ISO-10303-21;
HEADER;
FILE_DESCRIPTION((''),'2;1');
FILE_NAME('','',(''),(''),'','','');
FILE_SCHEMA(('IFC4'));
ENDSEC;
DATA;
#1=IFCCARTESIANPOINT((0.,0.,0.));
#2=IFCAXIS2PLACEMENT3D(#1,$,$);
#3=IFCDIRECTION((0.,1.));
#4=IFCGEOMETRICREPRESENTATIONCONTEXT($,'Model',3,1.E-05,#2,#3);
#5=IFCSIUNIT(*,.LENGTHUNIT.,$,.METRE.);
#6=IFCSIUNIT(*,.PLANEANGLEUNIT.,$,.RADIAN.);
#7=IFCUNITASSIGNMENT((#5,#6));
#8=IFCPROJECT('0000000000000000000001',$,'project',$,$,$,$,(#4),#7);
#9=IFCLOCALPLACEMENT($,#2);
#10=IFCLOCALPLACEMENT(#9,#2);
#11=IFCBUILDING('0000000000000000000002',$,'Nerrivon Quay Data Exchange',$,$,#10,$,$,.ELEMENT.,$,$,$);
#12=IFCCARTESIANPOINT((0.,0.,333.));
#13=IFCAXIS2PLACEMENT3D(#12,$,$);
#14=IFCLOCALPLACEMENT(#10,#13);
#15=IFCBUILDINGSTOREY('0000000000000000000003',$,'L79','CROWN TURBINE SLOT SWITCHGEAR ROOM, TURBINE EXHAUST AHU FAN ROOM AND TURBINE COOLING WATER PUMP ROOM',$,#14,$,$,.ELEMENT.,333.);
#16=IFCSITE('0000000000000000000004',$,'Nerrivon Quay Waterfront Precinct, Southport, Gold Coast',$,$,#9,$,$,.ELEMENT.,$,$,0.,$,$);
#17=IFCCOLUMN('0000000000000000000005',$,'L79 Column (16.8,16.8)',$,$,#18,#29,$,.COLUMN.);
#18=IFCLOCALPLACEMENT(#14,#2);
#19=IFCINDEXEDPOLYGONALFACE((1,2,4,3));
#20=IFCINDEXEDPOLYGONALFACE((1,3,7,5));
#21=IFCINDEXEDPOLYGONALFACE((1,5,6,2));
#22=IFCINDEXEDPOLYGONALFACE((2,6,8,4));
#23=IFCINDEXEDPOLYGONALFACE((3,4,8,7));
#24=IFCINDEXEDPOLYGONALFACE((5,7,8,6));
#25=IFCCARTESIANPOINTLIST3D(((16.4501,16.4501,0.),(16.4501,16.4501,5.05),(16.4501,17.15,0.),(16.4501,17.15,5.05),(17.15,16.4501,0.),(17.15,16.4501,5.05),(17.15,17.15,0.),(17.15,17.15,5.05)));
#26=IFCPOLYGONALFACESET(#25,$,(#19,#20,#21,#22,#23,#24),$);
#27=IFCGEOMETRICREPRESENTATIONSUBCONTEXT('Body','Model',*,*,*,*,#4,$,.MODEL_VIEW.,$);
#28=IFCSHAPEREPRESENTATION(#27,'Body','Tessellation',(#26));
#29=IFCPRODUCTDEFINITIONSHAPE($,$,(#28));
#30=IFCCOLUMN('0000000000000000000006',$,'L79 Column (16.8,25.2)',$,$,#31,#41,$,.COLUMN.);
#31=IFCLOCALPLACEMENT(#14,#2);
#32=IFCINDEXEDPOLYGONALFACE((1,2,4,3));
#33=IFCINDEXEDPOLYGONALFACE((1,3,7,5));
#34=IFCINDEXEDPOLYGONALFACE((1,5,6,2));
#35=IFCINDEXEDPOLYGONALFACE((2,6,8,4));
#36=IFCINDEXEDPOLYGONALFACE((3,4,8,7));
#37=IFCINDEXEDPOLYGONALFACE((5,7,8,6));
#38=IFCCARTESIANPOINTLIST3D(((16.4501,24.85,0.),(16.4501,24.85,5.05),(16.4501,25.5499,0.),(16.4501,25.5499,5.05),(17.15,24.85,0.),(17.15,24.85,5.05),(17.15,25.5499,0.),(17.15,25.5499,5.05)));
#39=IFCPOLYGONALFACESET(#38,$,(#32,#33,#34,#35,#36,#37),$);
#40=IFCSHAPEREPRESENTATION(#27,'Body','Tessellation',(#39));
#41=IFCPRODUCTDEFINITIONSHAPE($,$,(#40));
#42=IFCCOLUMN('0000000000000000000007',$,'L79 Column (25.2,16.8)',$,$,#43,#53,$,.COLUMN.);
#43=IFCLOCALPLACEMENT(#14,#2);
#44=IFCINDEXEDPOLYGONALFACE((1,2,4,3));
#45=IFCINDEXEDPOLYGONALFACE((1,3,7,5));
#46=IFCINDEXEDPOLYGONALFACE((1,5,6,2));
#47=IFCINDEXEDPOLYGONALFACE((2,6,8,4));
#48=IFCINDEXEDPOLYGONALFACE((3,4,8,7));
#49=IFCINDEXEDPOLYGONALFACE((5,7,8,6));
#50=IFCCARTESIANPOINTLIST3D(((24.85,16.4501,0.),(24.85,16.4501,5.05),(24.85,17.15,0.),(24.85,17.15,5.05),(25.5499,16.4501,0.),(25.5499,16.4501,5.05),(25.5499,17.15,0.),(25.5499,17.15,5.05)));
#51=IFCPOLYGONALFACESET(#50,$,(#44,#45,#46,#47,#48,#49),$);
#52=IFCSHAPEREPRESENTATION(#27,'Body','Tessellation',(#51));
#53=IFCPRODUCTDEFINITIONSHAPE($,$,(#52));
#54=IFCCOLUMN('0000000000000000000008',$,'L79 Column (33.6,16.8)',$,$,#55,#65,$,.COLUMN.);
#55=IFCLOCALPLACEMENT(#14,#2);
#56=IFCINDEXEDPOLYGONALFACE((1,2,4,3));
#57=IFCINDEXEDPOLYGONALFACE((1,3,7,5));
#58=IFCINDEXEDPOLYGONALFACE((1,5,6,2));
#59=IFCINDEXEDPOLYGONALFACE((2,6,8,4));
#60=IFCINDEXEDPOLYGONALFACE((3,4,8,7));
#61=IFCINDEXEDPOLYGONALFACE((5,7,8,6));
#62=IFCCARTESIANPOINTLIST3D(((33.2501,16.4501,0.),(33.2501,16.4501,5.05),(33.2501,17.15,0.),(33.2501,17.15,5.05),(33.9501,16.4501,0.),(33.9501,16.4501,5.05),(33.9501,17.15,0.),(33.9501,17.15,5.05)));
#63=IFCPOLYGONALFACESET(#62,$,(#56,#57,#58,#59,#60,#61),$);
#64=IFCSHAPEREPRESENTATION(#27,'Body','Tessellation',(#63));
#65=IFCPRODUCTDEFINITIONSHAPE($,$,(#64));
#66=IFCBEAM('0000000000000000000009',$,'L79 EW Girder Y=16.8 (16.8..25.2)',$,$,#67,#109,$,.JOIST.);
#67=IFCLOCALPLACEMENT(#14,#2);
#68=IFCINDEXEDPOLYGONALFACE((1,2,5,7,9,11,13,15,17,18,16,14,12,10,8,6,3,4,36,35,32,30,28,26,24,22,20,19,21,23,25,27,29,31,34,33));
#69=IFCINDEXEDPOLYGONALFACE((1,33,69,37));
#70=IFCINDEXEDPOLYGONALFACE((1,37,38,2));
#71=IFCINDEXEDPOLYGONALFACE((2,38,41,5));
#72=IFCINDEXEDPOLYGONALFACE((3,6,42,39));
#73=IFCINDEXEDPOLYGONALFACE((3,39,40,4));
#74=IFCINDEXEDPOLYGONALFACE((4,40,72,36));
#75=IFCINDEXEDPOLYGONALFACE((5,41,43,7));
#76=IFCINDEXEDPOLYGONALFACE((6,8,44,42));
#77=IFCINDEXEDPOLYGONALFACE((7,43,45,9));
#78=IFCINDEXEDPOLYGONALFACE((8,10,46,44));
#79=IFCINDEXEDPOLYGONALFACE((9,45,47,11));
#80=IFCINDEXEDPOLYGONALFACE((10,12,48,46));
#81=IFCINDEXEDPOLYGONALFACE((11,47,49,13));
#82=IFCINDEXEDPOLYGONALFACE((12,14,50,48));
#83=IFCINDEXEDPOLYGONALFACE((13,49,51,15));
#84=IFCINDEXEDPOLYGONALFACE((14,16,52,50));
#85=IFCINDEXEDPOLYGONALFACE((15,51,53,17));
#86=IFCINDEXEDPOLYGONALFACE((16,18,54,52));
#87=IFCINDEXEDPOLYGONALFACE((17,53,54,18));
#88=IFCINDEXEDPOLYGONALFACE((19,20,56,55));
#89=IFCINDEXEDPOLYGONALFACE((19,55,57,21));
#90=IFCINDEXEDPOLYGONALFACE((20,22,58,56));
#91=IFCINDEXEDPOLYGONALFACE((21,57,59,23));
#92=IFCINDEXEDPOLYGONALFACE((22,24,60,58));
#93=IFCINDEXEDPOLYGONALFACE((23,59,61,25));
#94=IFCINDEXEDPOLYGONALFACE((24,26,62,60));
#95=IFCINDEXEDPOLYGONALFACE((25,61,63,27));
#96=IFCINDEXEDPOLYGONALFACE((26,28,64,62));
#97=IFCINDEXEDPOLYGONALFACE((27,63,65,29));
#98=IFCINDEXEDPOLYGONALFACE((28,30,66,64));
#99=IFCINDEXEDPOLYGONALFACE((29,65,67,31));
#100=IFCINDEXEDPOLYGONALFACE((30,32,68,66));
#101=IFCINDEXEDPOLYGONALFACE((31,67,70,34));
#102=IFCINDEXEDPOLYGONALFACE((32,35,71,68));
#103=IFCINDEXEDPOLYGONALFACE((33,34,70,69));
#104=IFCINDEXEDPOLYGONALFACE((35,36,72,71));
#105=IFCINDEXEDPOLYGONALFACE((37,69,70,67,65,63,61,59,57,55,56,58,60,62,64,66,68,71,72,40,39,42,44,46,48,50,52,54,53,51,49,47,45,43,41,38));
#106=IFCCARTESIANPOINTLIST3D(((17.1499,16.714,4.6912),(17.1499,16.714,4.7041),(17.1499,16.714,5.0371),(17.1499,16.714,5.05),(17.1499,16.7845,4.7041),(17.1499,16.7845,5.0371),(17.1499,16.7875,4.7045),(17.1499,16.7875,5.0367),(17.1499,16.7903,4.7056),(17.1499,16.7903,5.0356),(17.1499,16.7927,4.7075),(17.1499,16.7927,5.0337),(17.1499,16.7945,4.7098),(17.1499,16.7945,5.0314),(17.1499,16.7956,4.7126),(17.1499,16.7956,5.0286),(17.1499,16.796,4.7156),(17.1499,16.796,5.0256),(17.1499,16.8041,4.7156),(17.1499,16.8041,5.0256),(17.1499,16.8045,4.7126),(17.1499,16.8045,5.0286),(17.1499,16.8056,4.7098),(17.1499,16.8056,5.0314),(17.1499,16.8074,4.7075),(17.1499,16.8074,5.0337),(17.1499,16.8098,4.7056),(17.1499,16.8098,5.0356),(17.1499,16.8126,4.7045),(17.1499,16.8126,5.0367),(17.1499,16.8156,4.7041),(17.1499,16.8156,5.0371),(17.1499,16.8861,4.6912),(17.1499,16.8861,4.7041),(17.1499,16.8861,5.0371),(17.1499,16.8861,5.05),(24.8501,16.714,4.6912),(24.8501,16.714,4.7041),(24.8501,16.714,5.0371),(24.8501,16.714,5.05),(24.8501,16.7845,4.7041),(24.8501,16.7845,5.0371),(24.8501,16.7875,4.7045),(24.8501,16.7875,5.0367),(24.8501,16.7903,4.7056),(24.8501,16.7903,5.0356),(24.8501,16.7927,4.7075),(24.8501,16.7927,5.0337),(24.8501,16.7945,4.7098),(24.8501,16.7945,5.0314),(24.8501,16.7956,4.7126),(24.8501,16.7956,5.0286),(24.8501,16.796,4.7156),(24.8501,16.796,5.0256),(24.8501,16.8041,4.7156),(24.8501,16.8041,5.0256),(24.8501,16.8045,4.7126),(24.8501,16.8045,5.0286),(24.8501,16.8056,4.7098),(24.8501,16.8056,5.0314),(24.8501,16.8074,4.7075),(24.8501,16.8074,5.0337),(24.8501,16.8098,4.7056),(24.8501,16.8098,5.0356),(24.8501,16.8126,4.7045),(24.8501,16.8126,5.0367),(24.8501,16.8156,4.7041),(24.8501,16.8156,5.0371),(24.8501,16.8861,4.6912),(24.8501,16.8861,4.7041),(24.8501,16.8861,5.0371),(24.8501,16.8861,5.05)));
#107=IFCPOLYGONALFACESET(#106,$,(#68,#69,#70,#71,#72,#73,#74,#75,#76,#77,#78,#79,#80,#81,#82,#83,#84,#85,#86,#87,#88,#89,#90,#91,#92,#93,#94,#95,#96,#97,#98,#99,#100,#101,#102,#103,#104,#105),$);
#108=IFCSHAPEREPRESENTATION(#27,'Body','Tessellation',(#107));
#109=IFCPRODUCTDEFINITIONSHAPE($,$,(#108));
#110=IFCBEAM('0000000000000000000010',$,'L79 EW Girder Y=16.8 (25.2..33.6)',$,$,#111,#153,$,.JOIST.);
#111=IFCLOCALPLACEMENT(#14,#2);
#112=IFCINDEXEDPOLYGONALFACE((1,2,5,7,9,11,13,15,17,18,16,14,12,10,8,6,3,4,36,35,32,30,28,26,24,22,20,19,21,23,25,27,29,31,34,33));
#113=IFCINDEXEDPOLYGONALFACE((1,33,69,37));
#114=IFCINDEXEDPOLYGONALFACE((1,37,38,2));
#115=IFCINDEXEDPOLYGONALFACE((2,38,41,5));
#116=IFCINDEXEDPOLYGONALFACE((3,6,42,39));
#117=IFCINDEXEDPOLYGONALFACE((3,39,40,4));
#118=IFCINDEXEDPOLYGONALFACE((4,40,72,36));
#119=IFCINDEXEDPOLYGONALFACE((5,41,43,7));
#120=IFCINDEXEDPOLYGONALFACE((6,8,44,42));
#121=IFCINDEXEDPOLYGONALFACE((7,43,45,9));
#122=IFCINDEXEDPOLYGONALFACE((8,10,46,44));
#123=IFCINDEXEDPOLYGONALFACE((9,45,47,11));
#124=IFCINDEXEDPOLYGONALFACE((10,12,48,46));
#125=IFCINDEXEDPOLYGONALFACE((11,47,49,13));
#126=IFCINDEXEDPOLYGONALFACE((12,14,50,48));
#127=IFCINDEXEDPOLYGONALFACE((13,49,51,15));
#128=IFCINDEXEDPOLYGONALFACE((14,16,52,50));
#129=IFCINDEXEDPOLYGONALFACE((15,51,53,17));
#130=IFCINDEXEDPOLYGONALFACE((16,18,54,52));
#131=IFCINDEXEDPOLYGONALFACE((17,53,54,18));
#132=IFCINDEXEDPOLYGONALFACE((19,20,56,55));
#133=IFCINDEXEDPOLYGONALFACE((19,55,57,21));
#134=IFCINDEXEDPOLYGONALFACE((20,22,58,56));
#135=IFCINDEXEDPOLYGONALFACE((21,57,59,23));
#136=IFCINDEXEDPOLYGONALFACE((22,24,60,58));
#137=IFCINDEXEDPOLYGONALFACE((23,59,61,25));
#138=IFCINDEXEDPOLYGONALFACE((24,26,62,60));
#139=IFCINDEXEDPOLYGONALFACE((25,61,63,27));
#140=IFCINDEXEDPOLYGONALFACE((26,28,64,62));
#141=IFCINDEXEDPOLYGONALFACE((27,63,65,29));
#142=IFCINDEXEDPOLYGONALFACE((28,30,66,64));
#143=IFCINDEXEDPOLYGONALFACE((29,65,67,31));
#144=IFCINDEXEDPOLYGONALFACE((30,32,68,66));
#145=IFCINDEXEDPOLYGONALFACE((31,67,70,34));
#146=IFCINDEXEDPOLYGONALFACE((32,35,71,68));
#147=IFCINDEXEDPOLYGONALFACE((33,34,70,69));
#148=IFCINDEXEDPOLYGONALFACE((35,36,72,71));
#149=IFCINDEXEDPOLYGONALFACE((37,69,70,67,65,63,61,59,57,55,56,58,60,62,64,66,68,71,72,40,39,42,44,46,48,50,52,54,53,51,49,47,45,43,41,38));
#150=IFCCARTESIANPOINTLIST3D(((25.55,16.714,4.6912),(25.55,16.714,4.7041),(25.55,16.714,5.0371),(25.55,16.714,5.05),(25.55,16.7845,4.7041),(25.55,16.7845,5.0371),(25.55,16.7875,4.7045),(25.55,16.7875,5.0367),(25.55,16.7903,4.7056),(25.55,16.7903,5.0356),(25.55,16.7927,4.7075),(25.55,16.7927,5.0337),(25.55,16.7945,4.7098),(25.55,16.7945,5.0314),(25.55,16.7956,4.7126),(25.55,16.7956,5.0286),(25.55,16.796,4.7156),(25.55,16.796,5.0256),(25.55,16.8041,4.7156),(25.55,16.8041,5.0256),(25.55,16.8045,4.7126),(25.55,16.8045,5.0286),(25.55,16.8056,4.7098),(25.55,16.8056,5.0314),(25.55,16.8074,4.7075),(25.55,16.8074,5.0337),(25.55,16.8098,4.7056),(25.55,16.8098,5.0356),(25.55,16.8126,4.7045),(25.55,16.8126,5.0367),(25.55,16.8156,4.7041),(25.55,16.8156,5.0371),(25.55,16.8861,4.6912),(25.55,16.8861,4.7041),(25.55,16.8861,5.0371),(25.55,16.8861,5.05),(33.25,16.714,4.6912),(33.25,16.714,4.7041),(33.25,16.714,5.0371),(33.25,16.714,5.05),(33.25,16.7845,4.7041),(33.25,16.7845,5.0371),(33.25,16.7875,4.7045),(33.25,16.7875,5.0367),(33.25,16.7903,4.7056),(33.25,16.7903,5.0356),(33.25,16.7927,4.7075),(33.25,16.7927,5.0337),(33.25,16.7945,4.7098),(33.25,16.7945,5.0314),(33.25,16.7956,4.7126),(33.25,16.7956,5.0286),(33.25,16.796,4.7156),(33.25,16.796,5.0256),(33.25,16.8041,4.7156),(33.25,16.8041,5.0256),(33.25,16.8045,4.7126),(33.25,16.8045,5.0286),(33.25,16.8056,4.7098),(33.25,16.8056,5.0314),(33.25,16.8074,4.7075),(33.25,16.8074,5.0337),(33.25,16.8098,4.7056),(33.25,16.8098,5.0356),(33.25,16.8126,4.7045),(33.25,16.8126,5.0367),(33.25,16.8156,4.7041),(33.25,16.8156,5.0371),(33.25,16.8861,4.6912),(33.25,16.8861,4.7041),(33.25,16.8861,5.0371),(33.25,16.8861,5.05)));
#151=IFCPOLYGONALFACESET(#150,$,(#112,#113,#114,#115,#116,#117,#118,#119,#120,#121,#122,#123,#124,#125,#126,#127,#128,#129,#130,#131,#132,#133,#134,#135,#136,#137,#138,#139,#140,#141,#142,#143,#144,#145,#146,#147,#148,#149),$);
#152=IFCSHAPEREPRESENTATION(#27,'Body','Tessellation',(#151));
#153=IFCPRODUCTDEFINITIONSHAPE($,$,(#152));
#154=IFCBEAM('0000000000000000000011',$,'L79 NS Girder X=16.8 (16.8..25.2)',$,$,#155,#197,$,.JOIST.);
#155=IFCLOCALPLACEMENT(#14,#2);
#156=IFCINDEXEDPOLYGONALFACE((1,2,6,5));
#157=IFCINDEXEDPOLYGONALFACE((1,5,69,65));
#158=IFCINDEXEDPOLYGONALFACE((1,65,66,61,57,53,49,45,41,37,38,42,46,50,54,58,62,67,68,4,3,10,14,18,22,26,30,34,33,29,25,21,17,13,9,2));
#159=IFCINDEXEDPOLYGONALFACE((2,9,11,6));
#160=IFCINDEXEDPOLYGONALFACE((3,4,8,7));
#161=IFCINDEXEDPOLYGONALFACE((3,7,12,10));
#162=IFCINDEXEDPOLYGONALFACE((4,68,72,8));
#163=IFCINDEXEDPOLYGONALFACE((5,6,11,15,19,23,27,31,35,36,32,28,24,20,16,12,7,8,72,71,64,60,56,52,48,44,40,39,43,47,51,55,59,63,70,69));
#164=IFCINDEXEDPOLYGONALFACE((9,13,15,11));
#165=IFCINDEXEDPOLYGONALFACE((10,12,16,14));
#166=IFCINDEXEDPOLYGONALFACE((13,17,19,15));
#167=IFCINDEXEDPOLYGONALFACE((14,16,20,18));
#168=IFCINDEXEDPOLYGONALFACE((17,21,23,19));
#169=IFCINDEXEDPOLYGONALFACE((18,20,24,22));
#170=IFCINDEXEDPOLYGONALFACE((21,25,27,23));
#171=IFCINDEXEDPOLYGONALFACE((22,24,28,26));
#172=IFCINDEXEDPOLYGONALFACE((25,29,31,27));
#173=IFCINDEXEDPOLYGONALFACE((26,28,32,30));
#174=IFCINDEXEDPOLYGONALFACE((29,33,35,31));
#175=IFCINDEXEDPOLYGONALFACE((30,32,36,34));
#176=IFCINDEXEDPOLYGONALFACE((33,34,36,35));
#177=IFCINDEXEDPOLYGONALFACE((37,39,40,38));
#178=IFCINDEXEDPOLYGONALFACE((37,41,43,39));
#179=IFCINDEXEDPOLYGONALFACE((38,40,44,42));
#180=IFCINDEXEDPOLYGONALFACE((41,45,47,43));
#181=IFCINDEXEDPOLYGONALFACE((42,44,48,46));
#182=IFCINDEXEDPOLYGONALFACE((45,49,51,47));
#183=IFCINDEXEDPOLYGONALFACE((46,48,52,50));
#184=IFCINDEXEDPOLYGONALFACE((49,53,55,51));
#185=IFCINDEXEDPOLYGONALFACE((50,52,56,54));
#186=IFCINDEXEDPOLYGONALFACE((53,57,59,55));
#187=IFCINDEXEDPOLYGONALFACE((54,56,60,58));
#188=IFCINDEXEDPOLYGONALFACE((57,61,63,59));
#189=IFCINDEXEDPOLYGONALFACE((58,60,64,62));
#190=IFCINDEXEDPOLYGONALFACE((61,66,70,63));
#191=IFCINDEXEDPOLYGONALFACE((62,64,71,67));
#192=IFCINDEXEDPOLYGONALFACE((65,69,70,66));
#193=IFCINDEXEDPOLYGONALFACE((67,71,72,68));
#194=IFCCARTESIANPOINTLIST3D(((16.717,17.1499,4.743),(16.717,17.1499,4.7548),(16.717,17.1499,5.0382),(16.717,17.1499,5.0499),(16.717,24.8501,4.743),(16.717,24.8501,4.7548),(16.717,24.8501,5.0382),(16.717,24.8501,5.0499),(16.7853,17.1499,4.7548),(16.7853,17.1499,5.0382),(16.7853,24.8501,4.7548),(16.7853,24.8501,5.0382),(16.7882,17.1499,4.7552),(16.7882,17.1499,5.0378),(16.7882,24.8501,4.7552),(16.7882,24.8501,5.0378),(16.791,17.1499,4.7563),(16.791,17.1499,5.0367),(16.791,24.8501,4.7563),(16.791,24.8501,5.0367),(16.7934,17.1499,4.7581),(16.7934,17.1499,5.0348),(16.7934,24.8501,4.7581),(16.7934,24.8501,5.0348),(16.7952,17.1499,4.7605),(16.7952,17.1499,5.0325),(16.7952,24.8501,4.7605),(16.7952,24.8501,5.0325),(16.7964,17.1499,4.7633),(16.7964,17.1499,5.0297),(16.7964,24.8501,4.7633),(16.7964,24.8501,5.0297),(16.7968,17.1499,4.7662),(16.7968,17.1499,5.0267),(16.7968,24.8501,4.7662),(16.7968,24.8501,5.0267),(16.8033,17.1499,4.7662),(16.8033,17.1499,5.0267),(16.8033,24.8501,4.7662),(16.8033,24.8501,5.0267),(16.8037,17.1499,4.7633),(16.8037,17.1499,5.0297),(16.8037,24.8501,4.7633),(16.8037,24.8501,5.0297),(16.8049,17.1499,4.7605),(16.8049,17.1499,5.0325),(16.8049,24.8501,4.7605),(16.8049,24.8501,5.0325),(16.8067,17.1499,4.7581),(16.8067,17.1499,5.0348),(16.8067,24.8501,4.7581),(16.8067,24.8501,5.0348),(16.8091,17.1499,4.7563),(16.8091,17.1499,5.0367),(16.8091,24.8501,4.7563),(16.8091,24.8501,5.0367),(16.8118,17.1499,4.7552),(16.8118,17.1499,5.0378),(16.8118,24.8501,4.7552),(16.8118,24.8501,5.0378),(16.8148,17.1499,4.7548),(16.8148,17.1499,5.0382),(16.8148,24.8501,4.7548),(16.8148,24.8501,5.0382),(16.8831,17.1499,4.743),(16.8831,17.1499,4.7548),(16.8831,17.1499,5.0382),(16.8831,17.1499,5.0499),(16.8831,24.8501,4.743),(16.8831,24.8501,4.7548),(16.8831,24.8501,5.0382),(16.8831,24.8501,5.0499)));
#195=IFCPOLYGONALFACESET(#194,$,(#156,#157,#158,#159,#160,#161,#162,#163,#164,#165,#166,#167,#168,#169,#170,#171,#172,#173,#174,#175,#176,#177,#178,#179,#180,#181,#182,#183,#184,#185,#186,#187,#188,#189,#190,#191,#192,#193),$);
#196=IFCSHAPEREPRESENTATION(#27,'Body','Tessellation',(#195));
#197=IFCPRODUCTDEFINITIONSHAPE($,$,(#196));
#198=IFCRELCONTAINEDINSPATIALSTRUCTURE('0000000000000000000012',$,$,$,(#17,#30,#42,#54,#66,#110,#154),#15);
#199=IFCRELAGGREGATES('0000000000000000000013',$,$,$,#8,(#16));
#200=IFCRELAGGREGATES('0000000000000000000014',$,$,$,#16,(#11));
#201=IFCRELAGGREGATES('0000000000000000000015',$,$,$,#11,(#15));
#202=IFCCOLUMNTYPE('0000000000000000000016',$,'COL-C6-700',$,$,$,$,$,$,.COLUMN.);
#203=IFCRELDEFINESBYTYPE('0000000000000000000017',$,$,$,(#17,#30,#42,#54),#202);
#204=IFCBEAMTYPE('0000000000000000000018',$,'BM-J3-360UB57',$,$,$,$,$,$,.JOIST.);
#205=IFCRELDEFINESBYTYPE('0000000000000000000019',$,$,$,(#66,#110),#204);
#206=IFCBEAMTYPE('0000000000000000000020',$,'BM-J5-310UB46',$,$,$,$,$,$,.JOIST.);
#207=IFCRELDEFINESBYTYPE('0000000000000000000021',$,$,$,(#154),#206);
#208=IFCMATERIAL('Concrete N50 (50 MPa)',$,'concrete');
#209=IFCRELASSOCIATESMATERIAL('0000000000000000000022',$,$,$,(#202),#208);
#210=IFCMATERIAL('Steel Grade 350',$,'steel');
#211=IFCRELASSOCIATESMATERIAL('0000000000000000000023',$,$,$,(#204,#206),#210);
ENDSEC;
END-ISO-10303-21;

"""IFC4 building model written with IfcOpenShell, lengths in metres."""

from ifc_helpers import new_model, si_unit, direction, frame, origin, origin_2d, place, context, subcontext, project, spatial, rectangle, i_section, extrude, material, material_profile, profile_set, type_object, element, save


model = new_model("IFC4")

# Units and contexts
model_context = context("Model", 3, precision=1e-05, world=origin(), true_north=direction((0.0, 1.0)))
body_context = subcontext(model_context, "Body", "Model", "MODEL_VIEW")
ifc_project = project(units=[si_unit("LENGTHUNIT", "METRE"), si_unit("PLANEANGLEUNIT", "RADIAN")], contexts=[model_context])

# Site, building, storey
site_placement = place(None, origin())
site = spatial("IfcSite", under=ifc_project, at=site_placement, Name="Nerrivon Quay Waterfront Precinct, Southport, Gold Coast", CompositionType="ELEMENT", RefElevation=0.0)
building_placement = place(site_placement, origin())
building = spatial("IfcBuilding", under=site, at=building_placement, Name="Nerrivon Quay Data Exchange", CompositionType="ELEMENT")
storey_placement = place(building_placement, frame((0.0, 0.0, 333.0)))
storey = spatial("IfcBuildingStorey", under=building, at=storey_placement, Name="L79", Description="CROWN TURBINE SLOT SWITCHGEAR ROOM, TURBINE EXHAUST AHU FAN ROOM AND TURBINE COOLING WATER PUMP ROOM", CompositionType="ELEMENT", Elevation=333.0)

# Columns
ifc_material_1 = material(Name="Concrete N50 (50 MPa)", Category="concrete")
ifc_material_profile_1 = material_profile(ifc_material_1, rectangle(XDim=0.7, YDim=0.7, at=origin_2d()), Name="RC-COL-700x700")
ifc_profile_set_1 = profile_set([ifc_material_profile_1], Name="Concrete N50 (50 MPa)")
column_type = type_object("IfcColumnType", Name="COL-C6-700", PredefinedType="COLUMN", material=ifc_profile_set_1)
for number, where, z_axis, x_axis, name in (
    (1, (16.8, 16.8, 0.0), (0.0, 0.0, 1.0), (1.0, 0.0, 0.0), "L79 Column (16.8,16.8)"),
    (2, (16.8, 25.2, 0.0), (0.0, 0.0, 1.0), (1.0, 0.0, 0.0), "L79 Column (16.8,25.2)"),
    (3, (25.2, 16.8, 0.0), (0.0, 0.0, 1.0), (1.0, 0.0, 0.0), "L79 Column (25.2,16.8)"),
    (4, (33.6001, 16.8, 0.0), (0.0, 0.0, 1.0), (1.0, 0.0, 0.0), "L79 Column (33.6,16.8)"),
):
    element("IfcColumn", number, at=place(storey_placement, frame(where, z_axis=z_axis, x_axis=x_axis)), inside=storey, type_object=column_type, Name=name, PredefinedType="COLUMN", context=body_context, shape_type="SweptSolid", body=[
        extrude(rectangle(XDim=0.7, YDim=0.7, at=origin_2d()), origin(), (0.0, 0.0, 1.0), 5.05),
    ])

# Beams
ifc_material_2 = material(Name="Steel Grade 350", Category="steel")
ifc_material_profile_2 = material_profile(ifc_material_2, i_section(OverallWidth=0.1721, OverallDepth=0.3589, WebThickness=0.0081, FlangeThickness=0.0129, FilletRadius=0.0115, at=origin_2d()), Name="360UB56.7")
ifc_profile_set_2 = profile_set([ifc_material_profile_2], Name="Steel Grade 350")
beam_type_1 = type_object("IfcBeamType", Name="BM-J3-360UB57", PredefinedType="JOIST", material=ifc_profile_set_2)
beam_1_placement = place(storey_placement, frame((17.1499, 16.8, 4.8706), z_axis=(1.0, 0.0, 0.0), x_axis=(0.0, 1.0, 0.0)))
element("IfcBeam", 5, at=beam_1_placement, inside=storey, type_object=beam_type_1, Name="L79 EW Girder Y=16.8 (16.8..25.2)", PredefinedType="JOIST", context=body_context, shape_type="SweptSolid", body=[
    extrude(i_section(OverallWidth=0.1721, OverallDepth=0.3589, WebThickness=0.0081, FlangeThickness=0.0129, FilletRadius=0.0115, at=origin_2d()), origin(), (0.0, 0.0, 1.0), 7.7002),
])
beam_2_placement = place(storey_placement, frame((25.55, 16.8, 4.8706), z_axis=(1.0, 0.0, 0.0), x_axis=(0.0, 1.0, 0.0)))
element("IfcBeam", 6, at=beam_2_placement, inside=storey, type_object=beam_type_1, Name="L79 EW Girder Y=16.8 (25.2..33.6)", PredefinedType="JOIST", context=body_context, shape_type="SweptSolid", body=[
    extrude(i_section(OverallWidth=0.1721, OverallDepth=0.3589, WebThickness=0.0081, FlangeThickness=0.0129, FilletRadius=0.0115, at=origin_2d()), origin(), (0.0, 0.0, 1.0), 7.7),
])
ifc_material_profile_3 = material_profile(ifc_material_2, i_section(OverallWidth=0.166, OverallDepth=0.3069, WebThickness=0.0066, FlangeThickness=0.0117, FilletRadius=0.0115, at=origin_2d()), Name="310UB46.2")
ifc_profile_set_3 = profile_set([ifc_material_profile_3], Name="Steel Grade 350")
beam_type_2 = type_object("IfcBeamType", Name="BM-J5-310UB46", PredefinedType="JOIST", material=ifc_profile_set_3)
beam_3_placement = place(storey_placement, frame((16.8, 17.1499, 4.8965), z_axis=(0.0, 1.0, 0.0), x_axis=(-1.0, 0.0, 0.0)))
element("IfcBeam", 7, at=beam_3_placement, inside=storey, type_object=beam_type_2, Name="L79 NS Girder X=16.8 (16.8..25.2)", PredefinedType="JOIST", context=body_context, shape_type="SweptSolid", body=[
    extrude(i_section(OverallWidth=0.166, OverallDepth=0.3069, WebThickness=0.0066, FlangeThickness=0.0117, FilletRadius=0.0115, at=origin_2d()), origin(), (0.0, 0.0, 1.0), 7.7002),
])

save(model, "model.ifc")
